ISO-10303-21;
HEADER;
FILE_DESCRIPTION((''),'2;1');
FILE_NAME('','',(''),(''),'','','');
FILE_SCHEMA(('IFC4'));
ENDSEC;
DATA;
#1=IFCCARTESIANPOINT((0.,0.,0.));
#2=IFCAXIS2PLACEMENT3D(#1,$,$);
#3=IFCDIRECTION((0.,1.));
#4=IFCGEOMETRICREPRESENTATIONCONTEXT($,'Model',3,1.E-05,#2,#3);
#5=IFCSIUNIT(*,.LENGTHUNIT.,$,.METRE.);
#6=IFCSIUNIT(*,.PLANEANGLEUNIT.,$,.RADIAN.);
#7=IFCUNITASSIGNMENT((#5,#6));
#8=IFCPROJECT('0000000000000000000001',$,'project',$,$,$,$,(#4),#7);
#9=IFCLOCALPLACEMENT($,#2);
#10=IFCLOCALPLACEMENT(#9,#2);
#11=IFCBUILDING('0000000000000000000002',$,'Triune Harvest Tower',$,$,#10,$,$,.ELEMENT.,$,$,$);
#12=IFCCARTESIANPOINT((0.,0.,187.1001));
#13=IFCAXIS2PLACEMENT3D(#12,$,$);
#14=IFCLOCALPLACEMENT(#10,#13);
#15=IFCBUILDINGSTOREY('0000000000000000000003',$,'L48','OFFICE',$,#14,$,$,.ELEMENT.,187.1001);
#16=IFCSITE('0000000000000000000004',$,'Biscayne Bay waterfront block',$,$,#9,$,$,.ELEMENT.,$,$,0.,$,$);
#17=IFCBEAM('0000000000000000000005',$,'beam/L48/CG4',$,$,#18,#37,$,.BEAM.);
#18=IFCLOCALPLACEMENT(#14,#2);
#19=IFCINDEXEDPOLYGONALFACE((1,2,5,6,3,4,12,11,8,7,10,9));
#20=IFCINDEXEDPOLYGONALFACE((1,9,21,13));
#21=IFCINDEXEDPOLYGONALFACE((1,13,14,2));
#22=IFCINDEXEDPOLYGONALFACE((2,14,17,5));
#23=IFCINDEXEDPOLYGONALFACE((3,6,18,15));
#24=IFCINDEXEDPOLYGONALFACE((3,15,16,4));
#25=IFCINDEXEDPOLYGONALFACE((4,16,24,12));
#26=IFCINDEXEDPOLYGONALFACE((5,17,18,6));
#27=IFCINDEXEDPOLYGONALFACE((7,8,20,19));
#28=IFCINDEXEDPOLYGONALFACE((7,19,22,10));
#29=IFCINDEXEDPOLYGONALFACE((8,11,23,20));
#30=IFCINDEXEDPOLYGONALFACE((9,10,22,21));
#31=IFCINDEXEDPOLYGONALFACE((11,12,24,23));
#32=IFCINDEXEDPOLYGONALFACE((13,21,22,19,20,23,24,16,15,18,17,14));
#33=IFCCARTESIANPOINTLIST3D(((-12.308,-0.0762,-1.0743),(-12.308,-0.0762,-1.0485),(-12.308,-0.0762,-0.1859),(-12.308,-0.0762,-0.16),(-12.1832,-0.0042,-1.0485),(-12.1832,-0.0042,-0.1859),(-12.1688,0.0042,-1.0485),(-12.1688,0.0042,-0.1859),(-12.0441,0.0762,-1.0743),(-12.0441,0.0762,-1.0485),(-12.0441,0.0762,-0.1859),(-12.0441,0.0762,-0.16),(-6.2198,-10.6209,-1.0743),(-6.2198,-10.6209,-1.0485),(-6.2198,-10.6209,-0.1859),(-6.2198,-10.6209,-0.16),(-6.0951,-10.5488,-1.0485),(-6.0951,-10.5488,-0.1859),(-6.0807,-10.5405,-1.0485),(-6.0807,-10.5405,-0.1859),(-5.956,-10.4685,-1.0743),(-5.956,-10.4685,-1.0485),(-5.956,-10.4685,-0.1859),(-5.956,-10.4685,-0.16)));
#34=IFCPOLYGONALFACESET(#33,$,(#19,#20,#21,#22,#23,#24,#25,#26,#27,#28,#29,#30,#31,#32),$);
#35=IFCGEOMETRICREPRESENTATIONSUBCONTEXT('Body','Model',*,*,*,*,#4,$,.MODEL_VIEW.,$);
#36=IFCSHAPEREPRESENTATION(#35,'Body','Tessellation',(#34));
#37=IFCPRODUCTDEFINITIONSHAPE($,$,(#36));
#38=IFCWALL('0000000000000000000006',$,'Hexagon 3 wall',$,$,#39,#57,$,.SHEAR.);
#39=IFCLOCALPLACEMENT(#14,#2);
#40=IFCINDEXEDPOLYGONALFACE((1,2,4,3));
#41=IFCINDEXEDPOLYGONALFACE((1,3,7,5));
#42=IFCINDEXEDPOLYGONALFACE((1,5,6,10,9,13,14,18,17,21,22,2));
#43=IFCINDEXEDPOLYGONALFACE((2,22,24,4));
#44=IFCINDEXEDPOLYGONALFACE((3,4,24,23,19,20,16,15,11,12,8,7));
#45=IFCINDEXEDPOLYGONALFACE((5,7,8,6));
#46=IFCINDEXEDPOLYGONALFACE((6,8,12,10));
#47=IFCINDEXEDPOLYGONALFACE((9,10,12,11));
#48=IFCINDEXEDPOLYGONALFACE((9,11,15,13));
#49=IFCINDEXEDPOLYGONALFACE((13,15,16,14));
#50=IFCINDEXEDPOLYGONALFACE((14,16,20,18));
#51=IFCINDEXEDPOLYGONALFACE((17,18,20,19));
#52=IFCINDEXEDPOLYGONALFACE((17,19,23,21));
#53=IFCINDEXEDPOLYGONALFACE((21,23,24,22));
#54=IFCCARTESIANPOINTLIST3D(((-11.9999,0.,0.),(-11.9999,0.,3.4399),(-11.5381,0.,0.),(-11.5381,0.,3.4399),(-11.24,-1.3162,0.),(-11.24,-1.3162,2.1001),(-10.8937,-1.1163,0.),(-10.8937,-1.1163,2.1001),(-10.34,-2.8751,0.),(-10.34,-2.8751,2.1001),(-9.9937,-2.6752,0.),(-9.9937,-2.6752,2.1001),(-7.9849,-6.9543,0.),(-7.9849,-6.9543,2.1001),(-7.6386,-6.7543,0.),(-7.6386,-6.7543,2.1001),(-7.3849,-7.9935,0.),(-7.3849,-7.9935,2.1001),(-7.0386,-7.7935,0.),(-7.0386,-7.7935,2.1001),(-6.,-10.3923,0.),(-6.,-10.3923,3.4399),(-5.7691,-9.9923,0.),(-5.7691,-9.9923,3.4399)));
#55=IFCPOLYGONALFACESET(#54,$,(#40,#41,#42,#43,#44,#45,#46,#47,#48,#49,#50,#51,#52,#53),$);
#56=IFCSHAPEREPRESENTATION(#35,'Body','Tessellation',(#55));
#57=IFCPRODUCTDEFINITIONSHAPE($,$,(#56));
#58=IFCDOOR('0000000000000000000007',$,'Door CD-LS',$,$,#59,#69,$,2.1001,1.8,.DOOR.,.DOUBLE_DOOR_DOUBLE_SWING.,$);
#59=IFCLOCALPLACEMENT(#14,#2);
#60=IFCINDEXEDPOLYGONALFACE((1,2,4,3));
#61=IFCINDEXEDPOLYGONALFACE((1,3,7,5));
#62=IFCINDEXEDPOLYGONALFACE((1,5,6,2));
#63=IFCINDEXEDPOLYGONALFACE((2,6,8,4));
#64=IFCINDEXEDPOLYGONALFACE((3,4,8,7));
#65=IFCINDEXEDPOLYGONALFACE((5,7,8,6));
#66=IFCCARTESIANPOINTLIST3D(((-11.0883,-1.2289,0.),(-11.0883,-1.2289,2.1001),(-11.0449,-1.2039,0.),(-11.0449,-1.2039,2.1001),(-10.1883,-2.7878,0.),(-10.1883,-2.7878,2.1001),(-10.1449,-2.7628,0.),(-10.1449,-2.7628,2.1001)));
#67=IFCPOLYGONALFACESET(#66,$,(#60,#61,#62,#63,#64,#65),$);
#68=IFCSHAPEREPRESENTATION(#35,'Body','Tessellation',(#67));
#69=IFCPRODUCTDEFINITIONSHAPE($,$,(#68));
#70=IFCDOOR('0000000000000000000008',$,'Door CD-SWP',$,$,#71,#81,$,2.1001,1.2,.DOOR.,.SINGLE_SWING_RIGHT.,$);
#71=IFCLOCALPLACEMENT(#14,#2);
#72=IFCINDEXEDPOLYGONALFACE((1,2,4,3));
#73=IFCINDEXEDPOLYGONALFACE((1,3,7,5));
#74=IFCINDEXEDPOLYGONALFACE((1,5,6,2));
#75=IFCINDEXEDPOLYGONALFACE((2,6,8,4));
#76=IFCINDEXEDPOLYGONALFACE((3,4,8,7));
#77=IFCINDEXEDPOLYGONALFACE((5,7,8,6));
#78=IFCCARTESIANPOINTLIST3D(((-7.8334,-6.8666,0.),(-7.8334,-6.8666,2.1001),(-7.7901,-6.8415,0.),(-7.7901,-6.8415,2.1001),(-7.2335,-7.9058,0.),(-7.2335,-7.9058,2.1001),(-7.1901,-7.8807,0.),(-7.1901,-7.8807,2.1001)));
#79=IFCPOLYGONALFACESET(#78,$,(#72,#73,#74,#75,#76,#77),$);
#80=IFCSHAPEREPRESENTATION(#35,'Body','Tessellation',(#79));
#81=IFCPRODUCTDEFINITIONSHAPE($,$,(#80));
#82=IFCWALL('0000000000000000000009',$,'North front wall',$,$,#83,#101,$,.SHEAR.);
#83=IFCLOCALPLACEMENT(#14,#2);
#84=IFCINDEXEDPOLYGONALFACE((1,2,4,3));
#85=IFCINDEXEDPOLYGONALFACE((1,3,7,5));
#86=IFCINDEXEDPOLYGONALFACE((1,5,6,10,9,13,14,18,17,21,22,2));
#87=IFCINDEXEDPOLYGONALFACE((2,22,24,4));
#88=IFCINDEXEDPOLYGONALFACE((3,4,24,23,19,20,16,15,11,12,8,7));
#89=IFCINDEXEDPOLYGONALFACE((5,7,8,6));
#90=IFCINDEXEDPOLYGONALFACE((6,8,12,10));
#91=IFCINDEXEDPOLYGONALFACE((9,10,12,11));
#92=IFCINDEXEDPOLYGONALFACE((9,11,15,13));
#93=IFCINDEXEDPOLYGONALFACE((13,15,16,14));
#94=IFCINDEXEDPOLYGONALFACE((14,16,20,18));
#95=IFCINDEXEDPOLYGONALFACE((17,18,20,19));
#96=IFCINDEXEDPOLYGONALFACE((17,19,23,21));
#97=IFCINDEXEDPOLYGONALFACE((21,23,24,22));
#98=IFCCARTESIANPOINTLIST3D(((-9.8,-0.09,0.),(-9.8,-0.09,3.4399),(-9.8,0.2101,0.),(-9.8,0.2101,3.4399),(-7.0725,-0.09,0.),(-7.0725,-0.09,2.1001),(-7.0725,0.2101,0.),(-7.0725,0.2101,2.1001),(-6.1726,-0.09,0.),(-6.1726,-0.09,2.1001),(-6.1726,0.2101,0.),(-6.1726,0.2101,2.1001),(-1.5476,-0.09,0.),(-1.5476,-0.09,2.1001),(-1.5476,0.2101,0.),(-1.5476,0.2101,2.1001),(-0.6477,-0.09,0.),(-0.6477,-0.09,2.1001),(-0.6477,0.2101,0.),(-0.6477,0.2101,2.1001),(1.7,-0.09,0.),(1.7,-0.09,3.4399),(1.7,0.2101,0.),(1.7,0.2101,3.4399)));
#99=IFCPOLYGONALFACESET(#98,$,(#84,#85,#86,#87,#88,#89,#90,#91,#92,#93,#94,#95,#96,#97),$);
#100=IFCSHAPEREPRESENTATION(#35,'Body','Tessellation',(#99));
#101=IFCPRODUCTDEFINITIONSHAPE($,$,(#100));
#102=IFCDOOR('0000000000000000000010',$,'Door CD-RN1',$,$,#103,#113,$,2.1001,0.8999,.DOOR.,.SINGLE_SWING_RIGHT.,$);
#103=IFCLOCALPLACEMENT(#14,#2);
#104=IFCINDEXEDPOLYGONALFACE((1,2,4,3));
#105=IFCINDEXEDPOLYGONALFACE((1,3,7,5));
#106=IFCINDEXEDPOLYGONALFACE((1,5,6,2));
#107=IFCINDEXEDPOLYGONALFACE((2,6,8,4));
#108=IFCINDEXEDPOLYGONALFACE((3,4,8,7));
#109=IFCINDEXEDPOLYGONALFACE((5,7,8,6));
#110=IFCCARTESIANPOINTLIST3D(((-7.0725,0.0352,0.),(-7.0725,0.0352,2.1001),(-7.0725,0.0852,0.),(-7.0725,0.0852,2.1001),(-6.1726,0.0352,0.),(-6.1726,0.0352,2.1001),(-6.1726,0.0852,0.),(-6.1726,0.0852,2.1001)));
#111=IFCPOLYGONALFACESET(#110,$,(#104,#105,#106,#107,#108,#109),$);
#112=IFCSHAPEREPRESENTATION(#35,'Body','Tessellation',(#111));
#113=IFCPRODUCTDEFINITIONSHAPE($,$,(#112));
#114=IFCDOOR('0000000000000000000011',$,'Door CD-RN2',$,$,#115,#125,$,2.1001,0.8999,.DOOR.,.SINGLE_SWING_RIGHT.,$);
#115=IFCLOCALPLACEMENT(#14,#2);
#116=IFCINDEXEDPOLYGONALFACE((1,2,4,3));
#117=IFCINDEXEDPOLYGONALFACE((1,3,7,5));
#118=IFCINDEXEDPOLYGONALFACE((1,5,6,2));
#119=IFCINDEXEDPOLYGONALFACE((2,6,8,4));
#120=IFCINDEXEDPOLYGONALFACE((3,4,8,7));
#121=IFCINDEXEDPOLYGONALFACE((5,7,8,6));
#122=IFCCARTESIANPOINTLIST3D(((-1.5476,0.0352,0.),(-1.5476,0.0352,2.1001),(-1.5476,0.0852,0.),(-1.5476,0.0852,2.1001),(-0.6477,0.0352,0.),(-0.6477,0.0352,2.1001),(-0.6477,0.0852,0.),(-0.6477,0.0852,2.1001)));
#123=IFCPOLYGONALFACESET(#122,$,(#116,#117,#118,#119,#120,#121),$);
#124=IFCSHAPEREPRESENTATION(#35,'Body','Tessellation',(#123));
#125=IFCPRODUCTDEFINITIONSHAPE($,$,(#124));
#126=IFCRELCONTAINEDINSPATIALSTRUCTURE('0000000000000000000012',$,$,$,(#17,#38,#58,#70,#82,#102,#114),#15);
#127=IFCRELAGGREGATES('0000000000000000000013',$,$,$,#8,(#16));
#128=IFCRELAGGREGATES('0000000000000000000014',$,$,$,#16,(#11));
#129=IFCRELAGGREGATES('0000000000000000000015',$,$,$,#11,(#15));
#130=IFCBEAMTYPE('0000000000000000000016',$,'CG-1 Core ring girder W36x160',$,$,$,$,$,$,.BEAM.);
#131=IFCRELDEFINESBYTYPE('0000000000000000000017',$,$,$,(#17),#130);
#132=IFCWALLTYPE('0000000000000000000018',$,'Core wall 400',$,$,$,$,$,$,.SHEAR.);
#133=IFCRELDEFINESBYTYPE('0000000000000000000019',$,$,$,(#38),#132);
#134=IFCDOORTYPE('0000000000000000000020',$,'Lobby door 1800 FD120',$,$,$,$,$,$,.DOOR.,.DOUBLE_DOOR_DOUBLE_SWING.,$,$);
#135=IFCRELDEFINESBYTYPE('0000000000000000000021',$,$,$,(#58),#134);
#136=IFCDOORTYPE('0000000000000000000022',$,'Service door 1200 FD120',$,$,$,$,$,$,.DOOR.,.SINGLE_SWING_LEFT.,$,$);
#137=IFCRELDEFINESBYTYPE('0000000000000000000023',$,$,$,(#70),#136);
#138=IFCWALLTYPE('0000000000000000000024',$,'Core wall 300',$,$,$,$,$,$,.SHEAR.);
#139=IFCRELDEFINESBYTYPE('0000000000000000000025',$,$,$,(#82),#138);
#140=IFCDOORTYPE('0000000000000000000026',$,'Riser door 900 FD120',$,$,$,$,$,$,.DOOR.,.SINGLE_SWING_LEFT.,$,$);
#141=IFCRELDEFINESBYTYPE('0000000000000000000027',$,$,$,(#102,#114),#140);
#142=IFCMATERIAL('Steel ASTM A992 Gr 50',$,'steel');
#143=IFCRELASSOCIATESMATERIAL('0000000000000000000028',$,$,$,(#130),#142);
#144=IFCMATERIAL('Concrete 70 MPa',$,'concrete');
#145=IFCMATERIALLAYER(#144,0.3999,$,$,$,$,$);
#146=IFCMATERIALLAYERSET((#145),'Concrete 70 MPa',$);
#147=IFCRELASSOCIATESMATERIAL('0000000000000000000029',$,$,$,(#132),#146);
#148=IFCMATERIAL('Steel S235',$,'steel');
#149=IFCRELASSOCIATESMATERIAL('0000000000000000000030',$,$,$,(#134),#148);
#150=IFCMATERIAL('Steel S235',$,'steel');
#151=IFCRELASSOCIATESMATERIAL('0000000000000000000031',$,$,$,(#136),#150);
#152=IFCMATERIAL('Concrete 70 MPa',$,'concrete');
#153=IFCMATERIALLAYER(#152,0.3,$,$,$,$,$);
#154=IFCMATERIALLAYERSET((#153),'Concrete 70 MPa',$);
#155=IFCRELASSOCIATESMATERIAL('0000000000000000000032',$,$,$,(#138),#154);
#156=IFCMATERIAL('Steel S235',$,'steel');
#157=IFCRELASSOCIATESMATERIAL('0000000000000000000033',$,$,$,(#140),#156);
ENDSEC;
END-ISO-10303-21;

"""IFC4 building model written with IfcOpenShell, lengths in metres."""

from ifc_helpers import new_model, si_unit, direction, frame, frame_2d, origin, origin_2d, place, context, subcontext, project, spatial, polyline, rectangle, i_section, outline, extrude, source, transform, mapped, material, layer, layer_set, material_profile, profile_set, type_object, element, fill, save


model = new_model("IFC4")

# Units and contexts
model_context = context("Model", 3, precision=1e-05, world=origin(), true_north=direction((0.0, 1.0)))
body_context = subcontext(model_context, "Body", "Model", "MODEL_VIEW")
ifc_project = project(units=[si_unit("LENGTHUNIT", "METRE"), si_unit("PLANEANGLEUNIT", "RADIAN")], contexts=[model_context])

# Site, building, storey
site_placement = place(None, origin())
site = spatial("IfcSite", under=ifc_project, at=site_placement, Name="Biscayne Bay waterfront block", CompositionType="ELEMENT", RefElevation=0.0)
building_placement = place(site_placement, origin())
building = spatial("IfcBuilding", under=site, at=building_placement, Name="Triune Harvest Tower", CompositionType="ELEMENT")
storey_placement = place(building_placement, frame((0.0, 0.0, 187.1001)))
storey = spatial("IfcBuildingStorey", under=building, at=storey_placement, Name="L48", Description="OFFICE", CompositionType="ELEMENT", Elevation=187.1001)

# Beam
ifc_material_1 = material(Name="Steel ASTM A992 Gr 50", Category="steel")
ifc_material_profile = material_profile(ifc_material_1, i_section(OverallWidth=0.3047, OverallDepth=0.9143, WebThickness=0.0166, FlangeThickness=0.0259, at=origin_2d()), Name="W36x160")
ifc_profile_set = profile_set([ifc_material_profile], Name="Steel ASTM A992 Gr 50")
beam_type = type_object("IfcBeamType", Name="CG-1 Core ring girder W36x160", PredefinedType="BEAM", material=ifc_profile_set)
shared_shape_1 = source(origin(), body_context, "Body", "SweptSolid", [
    extrude(i_section(OverallWidth=0.3047, OverallDepth=0.9143, WebThickness=0.0166, FlangeThickness=0.0259, at=origin_2d()), origin(), (0.0, 0.0, 1.0), 12.176),
])
beam_placement = place(storey_placement, frame((-12.176, 0.0, -0.6172), z_axis=(0.50001, -0.86602, 0.0), x_axis=(0.86602, 0.50001, 0.0)))
element("IfcBeam", 1, at=beam_placement, inside=storey, type_object=beam_type, Name="beam/L48/CG4", PredefinedType="BEAM", context=body_context, shape_type="MappedRepresentation", body=[
    mapped(shared_shape_1, transform((0.0, 0.0, 0.0), scale=1.0)),
])

# Walls, openings, doors
ifc_material_2 = material(Name="Concrete 70 MPa", Category="concrete")
ifc_layer_1 = layer(ifc_material_2, 0.3999)
ifc_layer_set_1 = layer_set([ifc_layer_1], Name="Concrete 70 MPa")
wall_type_1 = type_object("IfcWallType", Name="Core wall 400", PredefinedType="SHEAR", material=ifc_layer_set_1)
shared_shape_2 = source(origin(), body_context, "Body", "SweptSolid", [
    extrude(outline(polyline([(-0.1155, -0.2), (11.8845, -0.2), (11.6536, 0.2), (0.1155, 0.2), (-0.1155, -0.2)])), origin(), (0.0, 0.0, 1.0), 3.4399),
])
wall_1_placement = place(storey_placement, frame((-11.769, 0.0, 0.0), z_axis=(0.0, 0.0, 1.0), x_axis=(0.499997, -0.866027, 0.0)))
wall_1 = element("IfcWall", 2, at=wall_1_placement, inside=storey, type_object=wall_type_1, Name="Hexagon 3 wall", PredefinedType="SHEAR", context=body_context, shape_type="MappedRepresentation", body=[
    mapped(shared_shape_2, transform((0.0, 0.0, 0.0), scale=1.0)),
])
opening_1_placement = place(wall_1_placement, frame((1.4045, 0.0, 0.0)))
opening_1 = element("IfcOpeningElement", 3, at=opening_1_placement, cuts=wall_1, PredefinedType="OPENING", context=body_context, shape_type="SweptSolid", body=[
    extrude(rectangle(XDim=1.8, YDim=2.1001, at=frame_2d((0.8999, 1.05))), frame((0.0, 0.21, 0.0), z_axis=(0.0, -1.0, 0.0), x_axis=(1.0, 0.0, 0.0)), (0.0, 0.0, 1.0), 0.4199),
])
opening_2_placement = place(wall_1_placement, frame((7.9146, 0.0, 0.0)))
opening_2 = element("IfcOpeningElement", 4, at=opening_2_placement, cuts=wall_1, PredefinedType="OPENING", context=body_context, shape_type="SweptSolid", body=[
    extrude(rectangle(XDim=1.2, YDim=2.1001, at=frame_2d((0.6001, 1.05))), frame((0.0, 0.21, 0.0), z_axis=(0.0, -1.0, 0.0), x_axis=(1.0, 0.0, 0.0)), (0.0, 0.0, 1.0), 0.4199),
])
ifc_material_3 = material(Name="Steel S235", Category="steel")
door_type_1 = type_object("IfcDoorType", Name="Lobby door 1800 FD120", OperationType="DOUBLE_DOOR_DOUBLE_SWING", PredefinedType="DOOR", material=ifc_material_3)
door_1_placement = place(opening_1_placement, frame((1.8, 0.0, 0.0), z_axis=(0.0, 0.0, 1.0), x_axis=(-1.0, 0.0, 0.0)))
door_1 = element("IfcDoor", 5, at=door_1_placement, inside=storey, type_object=door_type_1, Name="Door CD-LS", OperationType="DOUBLE_DOOR_DOUBLE_SWING", OverallHeight=2.1001, OverallWidth=1.8, PredefinedType="DOOR", context=body_context, shape_type="SweptSolid", body=[
    extrude(rectangle(XDim=1.8, YDim=2.1001, at=frame_2d((0.8999, 1.05))), frame((0.0, 0.0249, 0.0), z_axis=(0.0, -1.0, 0.0), x_axis=(1.0, 0.0, 0.0)), (0.0, 0.0, 1.0), 0.05),
])
fill(opening_1, door_1)
ifc_material_4 = material(Name="Steel S235", Category="steel")
door_type_2 = type_object("IfcDoorType", Name="Service door 1200 FD120", OperationType="SINGLE_SWING_LEFT", PredefinedType="DOOR", material=ifc_material_4)
door_2_placement = place(opening_2_placement, frame((1.2, 0.0, 0.0), z_axis=(0.0, 0.0, 1.0), x_axis=(-1.0, 0.0, 0.0)))
door_2 = element("IfcDoor", 6, at=door_2_placement, inside=storey, type_object=door_type_2, Name="Door CD-SWP", OperationType="SINGLE_SWING_RIGHT", OverallHeight=2.1001, OverallWidth=1.2, PredefinedType="DOOR", context=body_context, shape_type="SweptSolid", body=[
    extrude(rectangle(XDim=1.2, YDim=2.1001, at=frame_2d((0.6001, 1.05))), frame((0.0, 0.0249, 0.0), z_axis=(0.0, -1.0, 0.0), x_axis=(1.0, 0.0, 0.0)), (0.0, 0.0, 1.0), 0.05),
])
fill(opening_2, door_2)
ifc_material_5 = material(Name="Concrete 70 MPa", Category="concrete")
ifc_layer_2 = layer(ifc_material_5, 0.3)
ifc_layer_set_2 = layer_set([ifc_layer_2], Name="Concrete 70 MPa")
wall_type_2 = type_object("IfcWallType", Name="Core wall 300", PredefinedType="SHEAR", material=ifc_layer_set_2)
shared_shape_3 = source(origin(), body_context, "Body", "SweptSolid", [
    extrude(rectangle(XDim=11.5, YDim=0.3, at=frame_2d((5.75, 0.0))), origin(), (0.0, 0.0, 1.0), 3.4399),
])
wall_2_placement = place(storey_placement, frame((-9.8, 0.0601, 0.0), z_axis=(0.0, 0.0, 1.0), x_axis=(1.0, 0.0, 0.0)))
wall_2 = element("IfcWall", 7, at=wall_2_placement, inside=storey, type_object=wall_type_2, Name="North front wall", PredefinedType="SHEAR", context=body_context, shape_type="MappedRepresentation", body=[
    mapped(shared_shape_3, transform((0.0, 0.0, 0.0), scale=1.0)),
])
opening_3_placement = place(wall_2_placement, frame((2.7275, 0.0, 0.0)))
opening_3 = element("IfcOpeningElement", 8, at=opening_3_placement, cuts=wall_2, PredefinedType="OPENING", context=body_context, shape_type="SweptSolid", body=[
    extrude(rectangle(XDim=0.8999, YDim=2.1001, at=frame_2d((0.45, 1.05))), frame((0.0, 0.1602, 0.0), z_axis=(0.0, -1.0, 0.0), x_axis=(1.0, 0.0, 0.0)), (0.0, 0.0, 1.0), 0.3201),
])
opening_4_placement = place(wall_2_placement, frame((8.2524, 0.0, 0.0)))
opening_4 = element("IfcOpeningElement", 9, at=opening_4_placement, cuts=wall_2, PredefinedType="OPENING", context=body_context, shape_type="SweptSolid", body=[
    extrude(rectangle(XDim=0.8999, YDim=2.1001, at=frame_2d((0.45, 1.05))), frame((0.0, 0.1602, 0.0), z_axis=(0.0, -1.0, 0.0), x_axis=(1.0, 0.0, 0.0)), (0.0, 0.0, 1.0), 0.3201),
])
ifc_material_6 = material(Name="Steel S235", Category="steel")
door_type_3 = type_object("IfcDoorType", Name="Riser door 900 FD120", OperationType="SINGLE_SWING_LEFT", PredefinedType="DOOR", material=ifc_material_6)
door_3_placement = place(opening_3_placement, frame((0.8999, 0.0, 0.0), z_axis=(0.0, 0.0, 1.0), x_axis=(-1.0, 0.0, 0.0)))
door_3 = element("IfcDoor", 10, at=door_3_placement, inside=storey, type_object=door_type_3, Name="Door CD-RN1", OperationType="SINGLE_SWING_RIGHT", OverallHeight=2.1001, OverallWidth=0.8999, PredefinedType="DOOR", context=body_context, shape_type="SweptSolid", body=[
    extrude(rectangle(XDim=0.8999, YDim=2.1001, at=frame_2d((0.45, 1.05))), frame((0.0, 0.0249, 0.0), z_axis=(0.0, -1.0, 0.0), x_axis=(1.0, 0.0, 0.0)), (0.0, 0.0, 1.0), 0.05),
])
fill(opening_3, door_3)
door_4_placement = place(opening_4_placement, frame((0.8999, 0.0, 0.0), z_axis=(0.0, 0.0, 1.0), x_axis=(-1.0, 0.0, 0.0)))
door_4 = element("IfcDoor", 11, at=door_4_placement, inside=storey, type_object=door_type_3, Name="Door CD-RN2", OperationType="SINGLE_SWING_RIGHT", OverallHeight=2.1001, OverallWidth=0.8999, PredefinedType="DOOR", context=body_context, shape_type="SweptSolid", body=[
    extrude(rectangle(XDim=0.8999, YDim=2.1001, at=frame_2d((0.45, 1.05))), frame((0.0, 0.0249, 0.0), z_axis=(0.0, -1.0, 0.0), x_axis=(1.0, 0.0, 0.0)), (0.0, 0.0, 1.0), 0.05),
])
fill(opening_4, door_4)

save(model, "model.ifc")
